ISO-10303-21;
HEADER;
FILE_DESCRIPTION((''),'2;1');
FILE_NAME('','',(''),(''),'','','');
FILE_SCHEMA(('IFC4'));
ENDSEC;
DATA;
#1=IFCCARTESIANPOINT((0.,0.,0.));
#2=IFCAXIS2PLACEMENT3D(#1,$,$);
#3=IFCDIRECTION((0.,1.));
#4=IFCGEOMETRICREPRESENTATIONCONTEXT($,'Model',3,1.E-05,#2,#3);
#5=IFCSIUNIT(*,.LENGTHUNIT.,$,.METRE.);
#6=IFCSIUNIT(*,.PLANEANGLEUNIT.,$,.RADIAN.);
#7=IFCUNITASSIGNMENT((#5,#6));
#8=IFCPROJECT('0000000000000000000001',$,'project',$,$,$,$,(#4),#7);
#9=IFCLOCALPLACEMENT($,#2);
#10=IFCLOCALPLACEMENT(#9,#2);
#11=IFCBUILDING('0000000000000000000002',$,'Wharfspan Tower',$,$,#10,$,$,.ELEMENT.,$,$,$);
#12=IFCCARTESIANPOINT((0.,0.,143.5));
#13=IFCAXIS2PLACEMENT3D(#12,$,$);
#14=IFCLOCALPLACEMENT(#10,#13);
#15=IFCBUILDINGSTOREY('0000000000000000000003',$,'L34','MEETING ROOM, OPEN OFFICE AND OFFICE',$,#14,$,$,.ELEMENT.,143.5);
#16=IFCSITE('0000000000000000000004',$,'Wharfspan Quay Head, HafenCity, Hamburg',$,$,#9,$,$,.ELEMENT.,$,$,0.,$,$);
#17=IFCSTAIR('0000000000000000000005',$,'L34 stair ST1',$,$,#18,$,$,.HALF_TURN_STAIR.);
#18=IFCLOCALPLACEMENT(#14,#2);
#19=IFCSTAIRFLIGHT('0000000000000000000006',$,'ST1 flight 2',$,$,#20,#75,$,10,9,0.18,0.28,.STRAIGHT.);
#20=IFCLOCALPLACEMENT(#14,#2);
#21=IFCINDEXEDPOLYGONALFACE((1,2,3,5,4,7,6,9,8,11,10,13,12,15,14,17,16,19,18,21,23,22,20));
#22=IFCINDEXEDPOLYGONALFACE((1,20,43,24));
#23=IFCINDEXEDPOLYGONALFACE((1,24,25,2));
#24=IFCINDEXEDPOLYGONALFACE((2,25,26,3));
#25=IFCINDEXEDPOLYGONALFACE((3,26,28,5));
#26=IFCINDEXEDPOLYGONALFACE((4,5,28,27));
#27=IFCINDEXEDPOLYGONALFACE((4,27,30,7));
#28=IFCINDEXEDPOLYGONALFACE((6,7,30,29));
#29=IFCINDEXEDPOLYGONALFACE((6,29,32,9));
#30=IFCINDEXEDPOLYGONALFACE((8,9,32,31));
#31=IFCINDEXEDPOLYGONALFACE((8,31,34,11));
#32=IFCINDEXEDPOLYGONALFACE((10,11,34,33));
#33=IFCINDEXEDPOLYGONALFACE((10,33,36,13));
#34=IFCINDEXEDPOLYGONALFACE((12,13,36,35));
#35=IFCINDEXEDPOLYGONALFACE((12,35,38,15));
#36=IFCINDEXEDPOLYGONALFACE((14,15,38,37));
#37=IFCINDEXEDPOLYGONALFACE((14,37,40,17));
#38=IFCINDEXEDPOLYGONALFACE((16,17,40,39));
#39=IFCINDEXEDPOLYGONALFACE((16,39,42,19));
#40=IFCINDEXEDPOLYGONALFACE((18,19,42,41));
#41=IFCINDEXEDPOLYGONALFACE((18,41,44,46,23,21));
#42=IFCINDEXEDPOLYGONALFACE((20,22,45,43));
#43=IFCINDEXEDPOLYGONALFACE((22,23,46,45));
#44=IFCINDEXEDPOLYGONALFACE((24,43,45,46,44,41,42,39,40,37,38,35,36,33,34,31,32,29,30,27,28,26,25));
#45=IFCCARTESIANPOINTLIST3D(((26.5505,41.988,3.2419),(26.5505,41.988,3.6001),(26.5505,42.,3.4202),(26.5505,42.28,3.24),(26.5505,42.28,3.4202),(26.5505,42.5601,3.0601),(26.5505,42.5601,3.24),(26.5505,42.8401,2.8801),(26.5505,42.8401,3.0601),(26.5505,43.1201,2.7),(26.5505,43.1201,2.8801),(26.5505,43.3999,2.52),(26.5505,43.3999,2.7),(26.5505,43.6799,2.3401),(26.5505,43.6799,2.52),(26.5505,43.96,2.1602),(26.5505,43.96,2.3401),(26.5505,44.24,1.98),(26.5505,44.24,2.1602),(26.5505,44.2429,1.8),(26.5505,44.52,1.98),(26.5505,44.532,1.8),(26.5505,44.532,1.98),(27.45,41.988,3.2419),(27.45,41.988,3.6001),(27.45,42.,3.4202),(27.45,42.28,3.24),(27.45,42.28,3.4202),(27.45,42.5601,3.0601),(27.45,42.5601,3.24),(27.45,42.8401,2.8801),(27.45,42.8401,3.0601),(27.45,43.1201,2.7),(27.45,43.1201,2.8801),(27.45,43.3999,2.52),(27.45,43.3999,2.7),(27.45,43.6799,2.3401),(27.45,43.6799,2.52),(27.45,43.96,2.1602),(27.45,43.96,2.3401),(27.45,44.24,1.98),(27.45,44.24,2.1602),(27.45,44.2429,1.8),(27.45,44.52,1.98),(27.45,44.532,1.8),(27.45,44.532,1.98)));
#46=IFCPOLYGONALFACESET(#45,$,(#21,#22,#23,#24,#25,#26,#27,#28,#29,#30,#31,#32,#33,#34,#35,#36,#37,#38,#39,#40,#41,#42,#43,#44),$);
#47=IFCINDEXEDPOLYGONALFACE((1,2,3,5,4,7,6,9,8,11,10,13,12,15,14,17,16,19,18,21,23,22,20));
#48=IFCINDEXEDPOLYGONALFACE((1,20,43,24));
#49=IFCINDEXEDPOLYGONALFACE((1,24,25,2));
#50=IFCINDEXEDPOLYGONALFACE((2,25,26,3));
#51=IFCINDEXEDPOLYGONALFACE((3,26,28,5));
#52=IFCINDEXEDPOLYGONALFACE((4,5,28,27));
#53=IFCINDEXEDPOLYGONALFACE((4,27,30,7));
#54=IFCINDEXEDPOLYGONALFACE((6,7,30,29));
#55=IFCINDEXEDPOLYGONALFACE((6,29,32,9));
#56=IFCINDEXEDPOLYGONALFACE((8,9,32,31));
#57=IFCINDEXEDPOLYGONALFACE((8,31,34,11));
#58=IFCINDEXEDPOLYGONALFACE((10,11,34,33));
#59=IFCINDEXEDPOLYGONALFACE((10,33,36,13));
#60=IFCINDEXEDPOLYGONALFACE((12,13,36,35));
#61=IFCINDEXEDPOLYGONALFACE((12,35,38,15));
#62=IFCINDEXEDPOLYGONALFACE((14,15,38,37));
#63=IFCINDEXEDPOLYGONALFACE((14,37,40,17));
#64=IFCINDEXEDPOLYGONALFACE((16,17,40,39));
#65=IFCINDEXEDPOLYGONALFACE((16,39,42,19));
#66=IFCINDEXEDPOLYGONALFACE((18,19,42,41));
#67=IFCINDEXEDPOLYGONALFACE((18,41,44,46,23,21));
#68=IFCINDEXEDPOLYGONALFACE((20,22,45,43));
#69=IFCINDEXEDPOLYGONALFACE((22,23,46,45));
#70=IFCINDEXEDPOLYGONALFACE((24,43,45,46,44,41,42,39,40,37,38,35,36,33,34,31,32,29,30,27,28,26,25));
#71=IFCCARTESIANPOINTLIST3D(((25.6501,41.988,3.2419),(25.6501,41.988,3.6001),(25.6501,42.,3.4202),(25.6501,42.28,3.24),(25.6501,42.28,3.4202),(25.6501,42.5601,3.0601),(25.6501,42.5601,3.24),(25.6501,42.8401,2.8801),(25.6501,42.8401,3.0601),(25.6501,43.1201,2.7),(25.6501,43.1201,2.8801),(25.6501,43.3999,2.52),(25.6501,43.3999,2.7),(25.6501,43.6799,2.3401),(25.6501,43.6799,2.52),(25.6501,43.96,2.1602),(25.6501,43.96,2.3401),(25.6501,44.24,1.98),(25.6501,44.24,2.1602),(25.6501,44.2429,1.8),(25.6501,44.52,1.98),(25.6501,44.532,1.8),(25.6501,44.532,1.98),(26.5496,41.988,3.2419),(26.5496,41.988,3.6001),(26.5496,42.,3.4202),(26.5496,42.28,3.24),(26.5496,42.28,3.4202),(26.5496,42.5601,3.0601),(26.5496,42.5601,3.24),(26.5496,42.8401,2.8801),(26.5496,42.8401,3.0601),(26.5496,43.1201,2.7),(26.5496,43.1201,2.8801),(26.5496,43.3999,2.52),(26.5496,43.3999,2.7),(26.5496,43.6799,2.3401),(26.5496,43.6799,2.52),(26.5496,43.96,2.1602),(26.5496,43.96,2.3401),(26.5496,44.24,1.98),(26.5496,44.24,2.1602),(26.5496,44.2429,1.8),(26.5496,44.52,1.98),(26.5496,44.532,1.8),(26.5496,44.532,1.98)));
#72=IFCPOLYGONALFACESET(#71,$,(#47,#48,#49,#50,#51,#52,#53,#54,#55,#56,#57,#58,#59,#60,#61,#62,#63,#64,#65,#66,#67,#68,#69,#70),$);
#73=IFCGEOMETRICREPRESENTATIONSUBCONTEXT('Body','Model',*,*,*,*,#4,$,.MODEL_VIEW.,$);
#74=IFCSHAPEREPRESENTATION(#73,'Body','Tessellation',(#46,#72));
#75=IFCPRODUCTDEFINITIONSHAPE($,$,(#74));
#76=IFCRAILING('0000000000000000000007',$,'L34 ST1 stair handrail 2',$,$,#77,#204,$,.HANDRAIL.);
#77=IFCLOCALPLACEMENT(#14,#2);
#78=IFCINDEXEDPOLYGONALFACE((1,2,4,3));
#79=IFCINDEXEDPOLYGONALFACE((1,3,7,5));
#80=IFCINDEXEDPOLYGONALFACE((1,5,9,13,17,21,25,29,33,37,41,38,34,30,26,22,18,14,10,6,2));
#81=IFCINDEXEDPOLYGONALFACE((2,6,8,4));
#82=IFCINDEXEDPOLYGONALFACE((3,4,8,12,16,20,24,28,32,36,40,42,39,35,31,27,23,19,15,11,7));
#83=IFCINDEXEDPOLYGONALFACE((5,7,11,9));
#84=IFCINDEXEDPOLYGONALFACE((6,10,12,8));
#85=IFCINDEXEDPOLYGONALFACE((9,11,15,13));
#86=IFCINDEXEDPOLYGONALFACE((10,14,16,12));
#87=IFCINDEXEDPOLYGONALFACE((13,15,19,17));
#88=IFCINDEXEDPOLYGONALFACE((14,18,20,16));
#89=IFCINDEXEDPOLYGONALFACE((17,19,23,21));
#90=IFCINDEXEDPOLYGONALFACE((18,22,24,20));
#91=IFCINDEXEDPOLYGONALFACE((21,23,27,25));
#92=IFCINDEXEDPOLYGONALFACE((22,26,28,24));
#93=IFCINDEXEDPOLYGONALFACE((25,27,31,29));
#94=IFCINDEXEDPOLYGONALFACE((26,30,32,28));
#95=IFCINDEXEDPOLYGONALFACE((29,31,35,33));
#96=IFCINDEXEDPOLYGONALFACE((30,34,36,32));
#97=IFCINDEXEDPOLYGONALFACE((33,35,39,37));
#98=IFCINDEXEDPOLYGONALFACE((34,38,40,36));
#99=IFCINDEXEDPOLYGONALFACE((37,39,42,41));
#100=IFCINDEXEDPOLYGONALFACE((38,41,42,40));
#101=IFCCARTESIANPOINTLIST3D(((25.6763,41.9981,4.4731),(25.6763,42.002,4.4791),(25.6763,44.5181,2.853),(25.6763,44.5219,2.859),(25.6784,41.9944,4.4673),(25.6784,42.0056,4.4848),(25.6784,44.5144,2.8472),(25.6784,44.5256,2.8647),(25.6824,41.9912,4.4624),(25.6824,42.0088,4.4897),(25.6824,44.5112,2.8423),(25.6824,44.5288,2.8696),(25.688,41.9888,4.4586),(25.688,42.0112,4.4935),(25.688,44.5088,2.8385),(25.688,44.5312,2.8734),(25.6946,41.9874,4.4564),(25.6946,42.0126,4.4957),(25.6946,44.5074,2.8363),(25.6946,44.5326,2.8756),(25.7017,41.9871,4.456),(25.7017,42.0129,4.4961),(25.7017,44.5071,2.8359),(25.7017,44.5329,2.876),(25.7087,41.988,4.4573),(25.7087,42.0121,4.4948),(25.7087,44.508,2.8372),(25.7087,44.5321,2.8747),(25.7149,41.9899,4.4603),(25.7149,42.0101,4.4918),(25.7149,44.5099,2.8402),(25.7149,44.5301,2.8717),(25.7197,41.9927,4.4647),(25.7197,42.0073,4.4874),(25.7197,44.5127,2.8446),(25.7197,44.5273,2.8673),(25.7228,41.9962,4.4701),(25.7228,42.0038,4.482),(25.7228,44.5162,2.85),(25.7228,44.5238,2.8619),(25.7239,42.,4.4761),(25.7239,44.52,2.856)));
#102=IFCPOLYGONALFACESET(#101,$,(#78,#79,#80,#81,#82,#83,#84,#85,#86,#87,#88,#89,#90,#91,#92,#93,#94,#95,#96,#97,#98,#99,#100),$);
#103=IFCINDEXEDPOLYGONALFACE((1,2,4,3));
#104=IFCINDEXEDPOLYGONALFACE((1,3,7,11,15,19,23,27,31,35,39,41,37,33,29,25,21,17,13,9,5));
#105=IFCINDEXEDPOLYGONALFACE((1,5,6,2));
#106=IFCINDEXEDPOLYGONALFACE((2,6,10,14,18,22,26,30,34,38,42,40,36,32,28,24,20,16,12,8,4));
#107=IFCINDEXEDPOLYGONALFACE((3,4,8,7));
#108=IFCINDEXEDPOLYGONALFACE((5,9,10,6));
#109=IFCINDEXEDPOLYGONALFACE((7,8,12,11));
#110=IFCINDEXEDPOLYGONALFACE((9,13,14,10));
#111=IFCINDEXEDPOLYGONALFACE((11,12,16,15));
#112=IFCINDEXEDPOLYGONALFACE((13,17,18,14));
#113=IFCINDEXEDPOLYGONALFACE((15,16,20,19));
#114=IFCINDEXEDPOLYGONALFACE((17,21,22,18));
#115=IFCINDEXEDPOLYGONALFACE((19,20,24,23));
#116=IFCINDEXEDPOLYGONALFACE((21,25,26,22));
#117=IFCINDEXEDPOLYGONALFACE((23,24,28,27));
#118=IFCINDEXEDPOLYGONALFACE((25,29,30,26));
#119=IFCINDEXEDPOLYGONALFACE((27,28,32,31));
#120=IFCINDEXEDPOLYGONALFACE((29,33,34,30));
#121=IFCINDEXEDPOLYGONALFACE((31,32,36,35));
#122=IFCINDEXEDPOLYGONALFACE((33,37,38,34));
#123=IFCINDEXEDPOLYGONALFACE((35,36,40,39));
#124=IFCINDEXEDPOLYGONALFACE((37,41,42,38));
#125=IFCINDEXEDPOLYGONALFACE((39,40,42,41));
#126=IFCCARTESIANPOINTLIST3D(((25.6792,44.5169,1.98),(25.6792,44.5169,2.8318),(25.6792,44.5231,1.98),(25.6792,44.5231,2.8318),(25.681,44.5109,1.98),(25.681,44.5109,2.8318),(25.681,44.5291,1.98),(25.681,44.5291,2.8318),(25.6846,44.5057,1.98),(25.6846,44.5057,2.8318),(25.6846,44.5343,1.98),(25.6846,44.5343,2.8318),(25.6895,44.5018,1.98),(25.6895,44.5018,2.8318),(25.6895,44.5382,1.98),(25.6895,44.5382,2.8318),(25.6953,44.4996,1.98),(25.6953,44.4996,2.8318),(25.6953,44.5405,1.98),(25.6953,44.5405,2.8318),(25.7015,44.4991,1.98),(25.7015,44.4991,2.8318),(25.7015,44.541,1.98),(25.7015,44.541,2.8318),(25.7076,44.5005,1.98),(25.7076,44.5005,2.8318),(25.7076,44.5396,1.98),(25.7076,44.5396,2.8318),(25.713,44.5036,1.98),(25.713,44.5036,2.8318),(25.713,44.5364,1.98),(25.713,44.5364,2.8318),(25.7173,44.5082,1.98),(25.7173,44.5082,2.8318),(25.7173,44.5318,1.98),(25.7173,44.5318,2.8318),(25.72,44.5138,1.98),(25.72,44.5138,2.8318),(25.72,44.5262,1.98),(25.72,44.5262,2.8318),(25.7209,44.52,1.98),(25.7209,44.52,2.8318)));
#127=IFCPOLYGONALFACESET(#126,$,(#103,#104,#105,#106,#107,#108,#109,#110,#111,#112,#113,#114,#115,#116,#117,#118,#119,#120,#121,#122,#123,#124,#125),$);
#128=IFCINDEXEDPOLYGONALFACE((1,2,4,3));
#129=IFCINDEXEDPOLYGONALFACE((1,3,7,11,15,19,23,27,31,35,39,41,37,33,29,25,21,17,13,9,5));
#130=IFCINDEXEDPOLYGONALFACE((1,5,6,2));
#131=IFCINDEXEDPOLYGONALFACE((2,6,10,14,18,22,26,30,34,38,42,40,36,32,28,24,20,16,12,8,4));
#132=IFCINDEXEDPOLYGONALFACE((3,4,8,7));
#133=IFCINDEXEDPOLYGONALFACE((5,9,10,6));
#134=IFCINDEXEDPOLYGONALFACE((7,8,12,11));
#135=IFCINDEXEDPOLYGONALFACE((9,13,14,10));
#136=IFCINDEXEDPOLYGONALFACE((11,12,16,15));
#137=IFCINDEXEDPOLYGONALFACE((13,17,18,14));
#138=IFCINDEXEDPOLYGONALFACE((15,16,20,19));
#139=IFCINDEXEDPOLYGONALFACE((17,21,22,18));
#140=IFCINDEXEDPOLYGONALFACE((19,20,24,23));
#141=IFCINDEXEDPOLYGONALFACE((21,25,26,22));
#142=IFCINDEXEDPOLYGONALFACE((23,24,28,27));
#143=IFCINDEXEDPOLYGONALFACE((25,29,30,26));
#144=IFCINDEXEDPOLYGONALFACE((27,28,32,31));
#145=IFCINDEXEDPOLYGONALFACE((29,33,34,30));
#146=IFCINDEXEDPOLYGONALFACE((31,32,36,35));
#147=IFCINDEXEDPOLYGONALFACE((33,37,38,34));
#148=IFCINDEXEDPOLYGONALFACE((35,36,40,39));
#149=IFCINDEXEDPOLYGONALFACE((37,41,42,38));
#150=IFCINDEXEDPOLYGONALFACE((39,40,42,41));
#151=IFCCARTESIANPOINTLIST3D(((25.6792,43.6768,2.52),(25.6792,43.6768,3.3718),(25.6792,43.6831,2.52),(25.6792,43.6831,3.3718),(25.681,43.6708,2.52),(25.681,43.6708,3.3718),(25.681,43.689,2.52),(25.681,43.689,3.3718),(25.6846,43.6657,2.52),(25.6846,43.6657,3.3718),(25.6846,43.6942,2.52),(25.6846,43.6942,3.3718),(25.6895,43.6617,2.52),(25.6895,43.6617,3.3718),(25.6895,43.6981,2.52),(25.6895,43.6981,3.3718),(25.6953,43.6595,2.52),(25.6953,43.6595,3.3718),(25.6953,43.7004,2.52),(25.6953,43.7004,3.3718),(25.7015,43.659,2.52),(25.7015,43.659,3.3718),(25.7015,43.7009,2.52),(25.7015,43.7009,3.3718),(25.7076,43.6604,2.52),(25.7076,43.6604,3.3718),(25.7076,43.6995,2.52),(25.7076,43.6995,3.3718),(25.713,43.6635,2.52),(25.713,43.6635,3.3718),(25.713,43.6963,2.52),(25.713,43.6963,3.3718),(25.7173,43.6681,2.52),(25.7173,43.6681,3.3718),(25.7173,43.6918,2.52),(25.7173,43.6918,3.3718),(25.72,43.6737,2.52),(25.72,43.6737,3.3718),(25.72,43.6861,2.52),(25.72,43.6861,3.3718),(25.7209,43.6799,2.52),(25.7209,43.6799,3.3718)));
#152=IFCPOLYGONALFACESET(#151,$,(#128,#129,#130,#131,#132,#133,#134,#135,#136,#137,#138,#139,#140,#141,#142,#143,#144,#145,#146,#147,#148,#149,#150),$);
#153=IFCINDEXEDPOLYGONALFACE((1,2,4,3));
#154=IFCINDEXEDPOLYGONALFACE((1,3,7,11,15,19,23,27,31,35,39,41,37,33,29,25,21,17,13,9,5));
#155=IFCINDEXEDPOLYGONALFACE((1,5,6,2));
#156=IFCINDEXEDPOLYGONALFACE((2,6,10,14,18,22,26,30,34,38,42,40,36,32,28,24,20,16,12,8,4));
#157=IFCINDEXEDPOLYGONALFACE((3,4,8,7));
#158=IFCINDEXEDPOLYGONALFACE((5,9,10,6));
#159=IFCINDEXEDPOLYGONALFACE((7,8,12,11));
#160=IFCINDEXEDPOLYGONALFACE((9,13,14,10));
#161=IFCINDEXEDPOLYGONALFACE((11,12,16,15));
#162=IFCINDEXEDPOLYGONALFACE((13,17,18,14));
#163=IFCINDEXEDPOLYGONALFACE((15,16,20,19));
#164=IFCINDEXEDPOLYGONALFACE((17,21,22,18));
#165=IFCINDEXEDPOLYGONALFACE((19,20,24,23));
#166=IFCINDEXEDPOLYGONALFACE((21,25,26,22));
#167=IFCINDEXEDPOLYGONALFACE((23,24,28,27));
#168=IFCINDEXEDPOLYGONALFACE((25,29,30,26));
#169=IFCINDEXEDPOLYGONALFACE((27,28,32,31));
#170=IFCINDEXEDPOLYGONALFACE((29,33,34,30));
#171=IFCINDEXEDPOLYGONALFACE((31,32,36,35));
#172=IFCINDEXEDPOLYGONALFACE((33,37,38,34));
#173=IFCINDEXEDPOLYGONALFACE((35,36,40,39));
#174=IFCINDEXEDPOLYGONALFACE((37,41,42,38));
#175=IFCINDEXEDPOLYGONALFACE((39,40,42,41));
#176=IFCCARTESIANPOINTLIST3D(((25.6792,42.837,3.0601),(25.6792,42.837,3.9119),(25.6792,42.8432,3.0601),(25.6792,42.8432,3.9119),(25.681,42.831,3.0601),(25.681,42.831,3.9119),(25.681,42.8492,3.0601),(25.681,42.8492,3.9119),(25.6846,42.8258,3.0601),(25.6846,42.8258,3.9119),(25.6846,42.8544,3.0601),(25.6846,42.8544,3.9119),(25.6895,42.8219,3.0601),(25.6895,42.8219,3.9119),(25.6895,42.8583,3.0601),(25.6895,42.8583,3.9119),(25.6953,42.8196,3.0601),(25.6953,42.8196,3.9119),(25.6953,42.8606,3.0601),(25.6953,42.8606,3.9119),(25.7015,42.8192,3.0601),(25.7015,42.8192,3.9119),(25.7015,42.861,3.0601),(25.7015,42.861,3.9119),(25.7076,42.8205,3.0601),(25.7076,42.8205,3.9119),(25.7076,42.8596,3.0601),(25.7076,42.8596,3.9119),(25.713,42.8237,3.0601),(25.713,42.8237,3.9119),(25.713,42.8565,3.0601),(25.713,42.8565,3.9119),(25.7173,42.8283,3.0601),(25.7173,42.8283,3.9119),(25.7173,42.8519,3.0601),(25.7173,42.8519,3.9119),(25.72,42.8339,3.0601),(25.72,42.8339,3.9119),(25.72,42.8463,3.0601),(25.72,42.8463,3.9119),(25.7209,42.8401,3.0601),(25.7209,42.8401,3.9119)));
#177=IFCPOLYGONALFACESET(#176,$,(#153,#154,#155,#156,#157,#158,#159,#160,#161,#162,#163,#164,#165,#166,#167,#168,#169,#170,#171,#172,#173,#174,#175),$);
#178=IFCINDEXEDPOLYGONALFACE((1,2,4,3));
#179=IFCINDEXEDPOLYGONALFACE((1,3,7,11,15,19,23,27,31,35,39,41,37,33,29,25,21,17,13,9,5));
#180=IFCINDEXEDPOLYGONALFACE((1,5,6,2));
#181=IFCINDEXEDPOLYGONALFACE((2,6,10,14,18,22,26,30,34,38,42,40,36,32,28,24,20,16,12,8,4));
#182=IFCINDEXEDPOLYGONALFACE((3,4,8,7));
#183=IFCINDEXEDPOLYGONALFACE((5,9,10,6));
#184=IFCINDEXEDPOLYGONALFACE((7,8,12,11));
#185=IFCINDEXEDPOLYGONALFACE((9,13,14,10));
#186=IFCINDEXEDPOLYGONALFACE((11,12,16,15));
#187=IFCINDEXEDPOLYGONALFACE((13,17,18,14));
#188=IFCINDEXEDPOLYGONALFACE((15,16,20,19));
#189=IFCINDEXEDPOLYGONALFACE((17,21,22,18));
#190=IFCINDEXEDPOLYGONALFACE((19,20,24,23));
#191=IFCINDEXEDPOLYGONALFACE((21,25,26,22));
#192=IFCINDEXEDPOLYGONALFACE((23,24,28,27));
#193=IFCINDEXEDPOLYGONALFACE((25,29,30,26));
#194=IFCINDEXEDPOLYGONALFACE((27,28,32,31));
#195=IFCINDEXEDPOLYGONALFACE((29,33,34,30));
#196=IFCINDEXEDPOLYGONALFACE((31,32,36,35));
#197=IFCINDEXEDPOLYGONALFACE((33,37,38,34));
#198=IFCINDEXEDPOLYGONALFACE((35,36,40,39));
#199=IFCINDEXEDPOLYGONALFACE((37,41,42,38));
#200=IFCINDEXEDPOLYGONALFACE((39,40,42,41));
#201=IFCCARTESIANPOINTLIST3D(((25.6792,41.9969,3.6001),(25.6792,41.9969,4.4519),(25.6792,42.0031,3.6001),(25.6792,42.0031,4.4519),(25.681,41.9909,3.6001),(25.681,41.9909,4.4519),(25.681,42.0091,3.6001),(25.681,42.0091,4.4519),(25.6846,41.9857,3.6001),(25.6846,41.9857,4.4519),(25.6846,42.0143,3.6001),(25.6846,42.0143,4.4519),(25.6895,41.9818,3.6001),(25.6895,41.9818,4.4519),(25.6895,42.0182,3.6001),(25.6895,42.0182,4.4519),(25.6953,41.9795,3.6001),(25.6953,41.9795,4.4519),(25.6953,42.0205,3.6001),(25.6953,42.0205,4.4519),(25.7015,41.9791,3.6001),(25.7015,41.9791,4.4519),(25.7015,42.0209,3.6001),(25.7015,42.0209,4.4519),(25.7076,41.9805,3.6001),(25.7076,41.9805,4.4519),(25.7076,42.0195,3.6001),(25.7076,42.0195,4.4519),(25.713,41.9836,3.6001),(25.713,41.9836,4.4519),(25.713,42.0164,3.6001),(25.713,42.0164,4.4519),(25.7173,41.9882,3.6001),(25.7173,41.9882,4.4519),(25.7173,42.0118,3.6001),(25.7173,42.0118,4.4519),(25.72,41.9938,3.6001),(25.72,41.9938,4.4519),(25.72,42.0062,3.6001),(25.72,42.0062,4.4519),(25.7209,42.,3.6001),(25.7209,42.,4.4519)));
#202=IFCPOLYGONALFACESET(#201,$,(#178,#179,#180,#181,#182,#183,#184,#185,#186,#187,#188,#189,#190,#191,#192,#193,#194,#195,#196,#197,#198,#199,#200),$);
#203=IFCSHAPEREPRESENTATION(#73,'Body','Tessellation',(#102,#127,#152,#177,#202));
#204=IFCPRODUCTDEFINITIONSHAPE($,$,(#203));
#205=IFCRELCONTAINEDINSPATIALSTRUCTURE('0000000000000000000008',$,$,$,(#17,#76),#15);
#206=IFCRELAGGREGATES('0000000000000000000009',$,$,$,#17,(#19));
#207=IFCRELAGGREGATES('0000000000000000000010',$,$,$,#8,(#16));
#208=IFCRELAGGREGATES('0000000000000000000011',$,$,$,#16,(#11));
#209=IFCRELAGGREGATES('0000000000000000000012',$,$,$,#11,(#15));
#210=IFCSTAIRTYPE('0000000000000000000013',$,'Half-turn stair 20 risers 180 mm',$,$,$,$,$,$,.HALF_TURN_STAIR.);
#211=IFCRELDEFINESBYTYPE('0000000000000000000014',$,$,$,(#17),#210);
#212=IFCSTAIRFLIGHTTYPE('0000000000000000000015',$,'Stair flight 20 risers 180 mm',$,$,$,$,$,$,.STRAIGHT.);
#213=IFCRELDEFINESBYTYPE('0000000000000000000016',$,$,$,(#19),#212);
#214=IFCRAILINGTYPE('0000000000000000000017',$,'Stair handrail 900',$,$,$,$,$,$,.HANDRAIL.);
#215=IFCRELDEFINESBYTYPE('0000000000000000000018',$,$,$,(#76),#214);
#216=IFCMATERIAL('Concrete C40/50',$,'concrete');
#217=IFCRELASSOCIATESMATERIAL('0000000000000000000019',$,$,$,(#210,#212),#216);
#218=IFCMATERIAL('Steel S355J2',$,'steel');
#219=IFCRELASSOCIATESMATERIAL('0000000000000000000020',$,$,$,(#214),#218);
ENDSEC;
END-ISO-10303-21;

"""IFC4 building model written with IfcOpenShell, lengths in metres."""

from ifc_helpers import new_model, si_unit, direction, frame, origin, origin_2d, place, context, subcontext, project, spatial, polyline, circle, outline, extrude, material, type_object, element, aggregate, save


model = new_model("IFC4")

# Units and contexts
model_context = context("Model", 3, precision=1e-05, world=origin(), true_north=direction((0.0, 1.0)))
body_context = subcontext(model_context, "Body", "Model", "MODEL_VIEW")
ifc_project = project(units=[si_unit("LENGTHUNIT", "METRE"), si_unit("PLANEANGLEUNIT", "RADIAN")], contexts=[model_context])

# Site, building, storey
site_placement = place(None, origin())
site = spatial("IfcSite", under=ifc_project, at=site_placement, Name="Wharfspan Quay Head, HafenCity, Hamburg", CompositionType="ELEMENT", RefElevation=0.0)
building_placement = place(site_placement, origin())
building = spatial("IfcBuilding", under=site, at=building_placement, Name="Wharfspan Tower", CompositionType="ELEMENT")
storey_placement = place(building_placement, frame((0.0, 0.0, 143.5)))
storey = spatial("IfcBuildingStorey", under=building, at=storey_placement, Name="L34", Description="MEETING ROOM, OPEN OFFICE AND OFFICE", CompositionType="ELEMENT", Elevation=143.5)

# Shared definitions
ifc_material_1 = material(Name="Steel S355J2", Category="steel")

# Shared definitions
ifc_material_2 = material(Name="Concrete C40/50", Category="concrete")

# Stair, stair flight
stair_type = type_object("IfcStairType", Name="Half-turn stair 20 risers 180 mm", PredefinedType="HALF_TURN_STAIR", material=ifc_material_2)
stair_placement = place(storey_placement, origin())
stair = element("IfcStair", 1, at=stair_placement, inside=storey, type_object=stair_type, Name="L34 stair ST1", PredefinedType="HALF_TURN_STAIR")
stair_flight_type = type_object("IfcStairFlightType", Name="Stair flight 20 risers 180 mm", PredefinedType="STRAIGHT", material=ifc_material_2)
stair_flight_placement = place(storey_placement, frame((26.55, 44.52, 1.8), z_axis=(0.0, 0.0, 1.0), x_axis=(0.0, -1.0, 0.0)))
stair_flight = element("IfcStairFlight", 2, at=stair_flight_placement, type_object=stair_flight_type, Name="ST1 flight 2", NumberOfRisers=10, NumberOfTreads=9, PredefinedType="STRAIGHT", RiserHeight=0.18, TreadLength=0.28, context=body_context, shape_type="SweptSolid", body=[
    extrude(outline(polyline([(-0.012, 0.0), (-0.012, 0.1799), (0.0, 0.1799), (0.28, 0.1799), (0.28, 0.3601), (0.5601, 0.3601), (0.5601, 0.54), (0.8401, 0.54), (0.8401, 0.72), (1.1201, 0.72), (1.1201, 0.8999), (1.3999, 0.8999), (1.3999, 1.0801), (1.6799, 1.0801), (1.6799, 1.26), (1.96, 1.26), (1.96, 1.4399), (2.24, 1.4399), (2.24, 1.6201), (2.52, 1.6201), (2.532, 1.8), (2.532, 1.4419), (0.2771, 0.0), (-0.012, 0.0)])), frame((0.0, 0.8999, 0.0), z_axis=(0.0, -1.0, 0.0), x_axis=(1.0, 0.0, 0.0)), (0.0, 0.0, 1.0), 0.8994),
    extrude(outline(polyline([(-0.012, 0.0), (-0.012, 0.1799), (0.0, 0.1799), (0.28, 0.1799), (0.28, 0.3601), (0.5601, 0.3601), (0.5601, 0.54), (0.8401, 0.54), (0.8401, 0.72), (1.1201, 0.72), (1.1201, 0.8999), (1.3999, 0.8999), (1.3999, 1.0801), (1.6799, 1.0801), (1.6799, 1.26), (1.96, 1.26), (1.96, 1.4399), (2.24, 1.4399), (2.24, 1.6201), (2.52, 1.6201), (2.532, 1.8), (2.532, 1.4419), (0.2771, 0.0), (-0.012, 0.0)])), frame((0.0, -0.0005, 0.0), z_axis=(0.0, -1.0, 0.0), x_axis=(1.0, 0.0, 0.0)), (0.0, 0.0, 1.0), 0.8994),
])
aggregate(stair, [stair_flight])

# Railing
railing_type = type_object("IfcRailingType", Name="Stair handrail 900", PredefinedType="HANDRAIL", material=ifc_material_1)
railing_placement = place(storey_placement, frame((25.7, 44.52, 1.98)))
element("IfcRailing", 3, at=railing_placement, inside=storey, type_object=railing_type, Name="L34 ST1 stair handrail 2", PredefinedType="HANDRAIL", context=body_context, shape_type="SweptSolid", body=[
    extrude(circle(Radius=0.0239, at=origin_2d()), frame((0.0, 0.0, 0.876), z_axis=(0.0, -0.841163, 0.540782), x_axis=(1.0, 0.0, 0.0)), (0.0, 0.0, 1.0), 2.9958),
    extrude(circle(Radius=0.021, at=origin_2d()), origin(), (0.0, 0.0, 1.0), 0.8518),
    extrude(circle(Radius=0.021, at=origin_2d()), frame((0.0, -0.8401, 0.54)), (0.0, 0.0, 1.0), 0.8518),
    extrude(circle(Radius=0.021, at=origin_2d()), frame((0.0, -1.6799, 1.0801)), (0.0, 0.0, 1.0), 0.8518),
    extrude(circle(Radius=0.021, at=origin_2d()), frame((0.0, -2.52, 1.6201)), (0.0, 0.0, 1.0), 0.8518),
])

save(model, "model.ifc")
